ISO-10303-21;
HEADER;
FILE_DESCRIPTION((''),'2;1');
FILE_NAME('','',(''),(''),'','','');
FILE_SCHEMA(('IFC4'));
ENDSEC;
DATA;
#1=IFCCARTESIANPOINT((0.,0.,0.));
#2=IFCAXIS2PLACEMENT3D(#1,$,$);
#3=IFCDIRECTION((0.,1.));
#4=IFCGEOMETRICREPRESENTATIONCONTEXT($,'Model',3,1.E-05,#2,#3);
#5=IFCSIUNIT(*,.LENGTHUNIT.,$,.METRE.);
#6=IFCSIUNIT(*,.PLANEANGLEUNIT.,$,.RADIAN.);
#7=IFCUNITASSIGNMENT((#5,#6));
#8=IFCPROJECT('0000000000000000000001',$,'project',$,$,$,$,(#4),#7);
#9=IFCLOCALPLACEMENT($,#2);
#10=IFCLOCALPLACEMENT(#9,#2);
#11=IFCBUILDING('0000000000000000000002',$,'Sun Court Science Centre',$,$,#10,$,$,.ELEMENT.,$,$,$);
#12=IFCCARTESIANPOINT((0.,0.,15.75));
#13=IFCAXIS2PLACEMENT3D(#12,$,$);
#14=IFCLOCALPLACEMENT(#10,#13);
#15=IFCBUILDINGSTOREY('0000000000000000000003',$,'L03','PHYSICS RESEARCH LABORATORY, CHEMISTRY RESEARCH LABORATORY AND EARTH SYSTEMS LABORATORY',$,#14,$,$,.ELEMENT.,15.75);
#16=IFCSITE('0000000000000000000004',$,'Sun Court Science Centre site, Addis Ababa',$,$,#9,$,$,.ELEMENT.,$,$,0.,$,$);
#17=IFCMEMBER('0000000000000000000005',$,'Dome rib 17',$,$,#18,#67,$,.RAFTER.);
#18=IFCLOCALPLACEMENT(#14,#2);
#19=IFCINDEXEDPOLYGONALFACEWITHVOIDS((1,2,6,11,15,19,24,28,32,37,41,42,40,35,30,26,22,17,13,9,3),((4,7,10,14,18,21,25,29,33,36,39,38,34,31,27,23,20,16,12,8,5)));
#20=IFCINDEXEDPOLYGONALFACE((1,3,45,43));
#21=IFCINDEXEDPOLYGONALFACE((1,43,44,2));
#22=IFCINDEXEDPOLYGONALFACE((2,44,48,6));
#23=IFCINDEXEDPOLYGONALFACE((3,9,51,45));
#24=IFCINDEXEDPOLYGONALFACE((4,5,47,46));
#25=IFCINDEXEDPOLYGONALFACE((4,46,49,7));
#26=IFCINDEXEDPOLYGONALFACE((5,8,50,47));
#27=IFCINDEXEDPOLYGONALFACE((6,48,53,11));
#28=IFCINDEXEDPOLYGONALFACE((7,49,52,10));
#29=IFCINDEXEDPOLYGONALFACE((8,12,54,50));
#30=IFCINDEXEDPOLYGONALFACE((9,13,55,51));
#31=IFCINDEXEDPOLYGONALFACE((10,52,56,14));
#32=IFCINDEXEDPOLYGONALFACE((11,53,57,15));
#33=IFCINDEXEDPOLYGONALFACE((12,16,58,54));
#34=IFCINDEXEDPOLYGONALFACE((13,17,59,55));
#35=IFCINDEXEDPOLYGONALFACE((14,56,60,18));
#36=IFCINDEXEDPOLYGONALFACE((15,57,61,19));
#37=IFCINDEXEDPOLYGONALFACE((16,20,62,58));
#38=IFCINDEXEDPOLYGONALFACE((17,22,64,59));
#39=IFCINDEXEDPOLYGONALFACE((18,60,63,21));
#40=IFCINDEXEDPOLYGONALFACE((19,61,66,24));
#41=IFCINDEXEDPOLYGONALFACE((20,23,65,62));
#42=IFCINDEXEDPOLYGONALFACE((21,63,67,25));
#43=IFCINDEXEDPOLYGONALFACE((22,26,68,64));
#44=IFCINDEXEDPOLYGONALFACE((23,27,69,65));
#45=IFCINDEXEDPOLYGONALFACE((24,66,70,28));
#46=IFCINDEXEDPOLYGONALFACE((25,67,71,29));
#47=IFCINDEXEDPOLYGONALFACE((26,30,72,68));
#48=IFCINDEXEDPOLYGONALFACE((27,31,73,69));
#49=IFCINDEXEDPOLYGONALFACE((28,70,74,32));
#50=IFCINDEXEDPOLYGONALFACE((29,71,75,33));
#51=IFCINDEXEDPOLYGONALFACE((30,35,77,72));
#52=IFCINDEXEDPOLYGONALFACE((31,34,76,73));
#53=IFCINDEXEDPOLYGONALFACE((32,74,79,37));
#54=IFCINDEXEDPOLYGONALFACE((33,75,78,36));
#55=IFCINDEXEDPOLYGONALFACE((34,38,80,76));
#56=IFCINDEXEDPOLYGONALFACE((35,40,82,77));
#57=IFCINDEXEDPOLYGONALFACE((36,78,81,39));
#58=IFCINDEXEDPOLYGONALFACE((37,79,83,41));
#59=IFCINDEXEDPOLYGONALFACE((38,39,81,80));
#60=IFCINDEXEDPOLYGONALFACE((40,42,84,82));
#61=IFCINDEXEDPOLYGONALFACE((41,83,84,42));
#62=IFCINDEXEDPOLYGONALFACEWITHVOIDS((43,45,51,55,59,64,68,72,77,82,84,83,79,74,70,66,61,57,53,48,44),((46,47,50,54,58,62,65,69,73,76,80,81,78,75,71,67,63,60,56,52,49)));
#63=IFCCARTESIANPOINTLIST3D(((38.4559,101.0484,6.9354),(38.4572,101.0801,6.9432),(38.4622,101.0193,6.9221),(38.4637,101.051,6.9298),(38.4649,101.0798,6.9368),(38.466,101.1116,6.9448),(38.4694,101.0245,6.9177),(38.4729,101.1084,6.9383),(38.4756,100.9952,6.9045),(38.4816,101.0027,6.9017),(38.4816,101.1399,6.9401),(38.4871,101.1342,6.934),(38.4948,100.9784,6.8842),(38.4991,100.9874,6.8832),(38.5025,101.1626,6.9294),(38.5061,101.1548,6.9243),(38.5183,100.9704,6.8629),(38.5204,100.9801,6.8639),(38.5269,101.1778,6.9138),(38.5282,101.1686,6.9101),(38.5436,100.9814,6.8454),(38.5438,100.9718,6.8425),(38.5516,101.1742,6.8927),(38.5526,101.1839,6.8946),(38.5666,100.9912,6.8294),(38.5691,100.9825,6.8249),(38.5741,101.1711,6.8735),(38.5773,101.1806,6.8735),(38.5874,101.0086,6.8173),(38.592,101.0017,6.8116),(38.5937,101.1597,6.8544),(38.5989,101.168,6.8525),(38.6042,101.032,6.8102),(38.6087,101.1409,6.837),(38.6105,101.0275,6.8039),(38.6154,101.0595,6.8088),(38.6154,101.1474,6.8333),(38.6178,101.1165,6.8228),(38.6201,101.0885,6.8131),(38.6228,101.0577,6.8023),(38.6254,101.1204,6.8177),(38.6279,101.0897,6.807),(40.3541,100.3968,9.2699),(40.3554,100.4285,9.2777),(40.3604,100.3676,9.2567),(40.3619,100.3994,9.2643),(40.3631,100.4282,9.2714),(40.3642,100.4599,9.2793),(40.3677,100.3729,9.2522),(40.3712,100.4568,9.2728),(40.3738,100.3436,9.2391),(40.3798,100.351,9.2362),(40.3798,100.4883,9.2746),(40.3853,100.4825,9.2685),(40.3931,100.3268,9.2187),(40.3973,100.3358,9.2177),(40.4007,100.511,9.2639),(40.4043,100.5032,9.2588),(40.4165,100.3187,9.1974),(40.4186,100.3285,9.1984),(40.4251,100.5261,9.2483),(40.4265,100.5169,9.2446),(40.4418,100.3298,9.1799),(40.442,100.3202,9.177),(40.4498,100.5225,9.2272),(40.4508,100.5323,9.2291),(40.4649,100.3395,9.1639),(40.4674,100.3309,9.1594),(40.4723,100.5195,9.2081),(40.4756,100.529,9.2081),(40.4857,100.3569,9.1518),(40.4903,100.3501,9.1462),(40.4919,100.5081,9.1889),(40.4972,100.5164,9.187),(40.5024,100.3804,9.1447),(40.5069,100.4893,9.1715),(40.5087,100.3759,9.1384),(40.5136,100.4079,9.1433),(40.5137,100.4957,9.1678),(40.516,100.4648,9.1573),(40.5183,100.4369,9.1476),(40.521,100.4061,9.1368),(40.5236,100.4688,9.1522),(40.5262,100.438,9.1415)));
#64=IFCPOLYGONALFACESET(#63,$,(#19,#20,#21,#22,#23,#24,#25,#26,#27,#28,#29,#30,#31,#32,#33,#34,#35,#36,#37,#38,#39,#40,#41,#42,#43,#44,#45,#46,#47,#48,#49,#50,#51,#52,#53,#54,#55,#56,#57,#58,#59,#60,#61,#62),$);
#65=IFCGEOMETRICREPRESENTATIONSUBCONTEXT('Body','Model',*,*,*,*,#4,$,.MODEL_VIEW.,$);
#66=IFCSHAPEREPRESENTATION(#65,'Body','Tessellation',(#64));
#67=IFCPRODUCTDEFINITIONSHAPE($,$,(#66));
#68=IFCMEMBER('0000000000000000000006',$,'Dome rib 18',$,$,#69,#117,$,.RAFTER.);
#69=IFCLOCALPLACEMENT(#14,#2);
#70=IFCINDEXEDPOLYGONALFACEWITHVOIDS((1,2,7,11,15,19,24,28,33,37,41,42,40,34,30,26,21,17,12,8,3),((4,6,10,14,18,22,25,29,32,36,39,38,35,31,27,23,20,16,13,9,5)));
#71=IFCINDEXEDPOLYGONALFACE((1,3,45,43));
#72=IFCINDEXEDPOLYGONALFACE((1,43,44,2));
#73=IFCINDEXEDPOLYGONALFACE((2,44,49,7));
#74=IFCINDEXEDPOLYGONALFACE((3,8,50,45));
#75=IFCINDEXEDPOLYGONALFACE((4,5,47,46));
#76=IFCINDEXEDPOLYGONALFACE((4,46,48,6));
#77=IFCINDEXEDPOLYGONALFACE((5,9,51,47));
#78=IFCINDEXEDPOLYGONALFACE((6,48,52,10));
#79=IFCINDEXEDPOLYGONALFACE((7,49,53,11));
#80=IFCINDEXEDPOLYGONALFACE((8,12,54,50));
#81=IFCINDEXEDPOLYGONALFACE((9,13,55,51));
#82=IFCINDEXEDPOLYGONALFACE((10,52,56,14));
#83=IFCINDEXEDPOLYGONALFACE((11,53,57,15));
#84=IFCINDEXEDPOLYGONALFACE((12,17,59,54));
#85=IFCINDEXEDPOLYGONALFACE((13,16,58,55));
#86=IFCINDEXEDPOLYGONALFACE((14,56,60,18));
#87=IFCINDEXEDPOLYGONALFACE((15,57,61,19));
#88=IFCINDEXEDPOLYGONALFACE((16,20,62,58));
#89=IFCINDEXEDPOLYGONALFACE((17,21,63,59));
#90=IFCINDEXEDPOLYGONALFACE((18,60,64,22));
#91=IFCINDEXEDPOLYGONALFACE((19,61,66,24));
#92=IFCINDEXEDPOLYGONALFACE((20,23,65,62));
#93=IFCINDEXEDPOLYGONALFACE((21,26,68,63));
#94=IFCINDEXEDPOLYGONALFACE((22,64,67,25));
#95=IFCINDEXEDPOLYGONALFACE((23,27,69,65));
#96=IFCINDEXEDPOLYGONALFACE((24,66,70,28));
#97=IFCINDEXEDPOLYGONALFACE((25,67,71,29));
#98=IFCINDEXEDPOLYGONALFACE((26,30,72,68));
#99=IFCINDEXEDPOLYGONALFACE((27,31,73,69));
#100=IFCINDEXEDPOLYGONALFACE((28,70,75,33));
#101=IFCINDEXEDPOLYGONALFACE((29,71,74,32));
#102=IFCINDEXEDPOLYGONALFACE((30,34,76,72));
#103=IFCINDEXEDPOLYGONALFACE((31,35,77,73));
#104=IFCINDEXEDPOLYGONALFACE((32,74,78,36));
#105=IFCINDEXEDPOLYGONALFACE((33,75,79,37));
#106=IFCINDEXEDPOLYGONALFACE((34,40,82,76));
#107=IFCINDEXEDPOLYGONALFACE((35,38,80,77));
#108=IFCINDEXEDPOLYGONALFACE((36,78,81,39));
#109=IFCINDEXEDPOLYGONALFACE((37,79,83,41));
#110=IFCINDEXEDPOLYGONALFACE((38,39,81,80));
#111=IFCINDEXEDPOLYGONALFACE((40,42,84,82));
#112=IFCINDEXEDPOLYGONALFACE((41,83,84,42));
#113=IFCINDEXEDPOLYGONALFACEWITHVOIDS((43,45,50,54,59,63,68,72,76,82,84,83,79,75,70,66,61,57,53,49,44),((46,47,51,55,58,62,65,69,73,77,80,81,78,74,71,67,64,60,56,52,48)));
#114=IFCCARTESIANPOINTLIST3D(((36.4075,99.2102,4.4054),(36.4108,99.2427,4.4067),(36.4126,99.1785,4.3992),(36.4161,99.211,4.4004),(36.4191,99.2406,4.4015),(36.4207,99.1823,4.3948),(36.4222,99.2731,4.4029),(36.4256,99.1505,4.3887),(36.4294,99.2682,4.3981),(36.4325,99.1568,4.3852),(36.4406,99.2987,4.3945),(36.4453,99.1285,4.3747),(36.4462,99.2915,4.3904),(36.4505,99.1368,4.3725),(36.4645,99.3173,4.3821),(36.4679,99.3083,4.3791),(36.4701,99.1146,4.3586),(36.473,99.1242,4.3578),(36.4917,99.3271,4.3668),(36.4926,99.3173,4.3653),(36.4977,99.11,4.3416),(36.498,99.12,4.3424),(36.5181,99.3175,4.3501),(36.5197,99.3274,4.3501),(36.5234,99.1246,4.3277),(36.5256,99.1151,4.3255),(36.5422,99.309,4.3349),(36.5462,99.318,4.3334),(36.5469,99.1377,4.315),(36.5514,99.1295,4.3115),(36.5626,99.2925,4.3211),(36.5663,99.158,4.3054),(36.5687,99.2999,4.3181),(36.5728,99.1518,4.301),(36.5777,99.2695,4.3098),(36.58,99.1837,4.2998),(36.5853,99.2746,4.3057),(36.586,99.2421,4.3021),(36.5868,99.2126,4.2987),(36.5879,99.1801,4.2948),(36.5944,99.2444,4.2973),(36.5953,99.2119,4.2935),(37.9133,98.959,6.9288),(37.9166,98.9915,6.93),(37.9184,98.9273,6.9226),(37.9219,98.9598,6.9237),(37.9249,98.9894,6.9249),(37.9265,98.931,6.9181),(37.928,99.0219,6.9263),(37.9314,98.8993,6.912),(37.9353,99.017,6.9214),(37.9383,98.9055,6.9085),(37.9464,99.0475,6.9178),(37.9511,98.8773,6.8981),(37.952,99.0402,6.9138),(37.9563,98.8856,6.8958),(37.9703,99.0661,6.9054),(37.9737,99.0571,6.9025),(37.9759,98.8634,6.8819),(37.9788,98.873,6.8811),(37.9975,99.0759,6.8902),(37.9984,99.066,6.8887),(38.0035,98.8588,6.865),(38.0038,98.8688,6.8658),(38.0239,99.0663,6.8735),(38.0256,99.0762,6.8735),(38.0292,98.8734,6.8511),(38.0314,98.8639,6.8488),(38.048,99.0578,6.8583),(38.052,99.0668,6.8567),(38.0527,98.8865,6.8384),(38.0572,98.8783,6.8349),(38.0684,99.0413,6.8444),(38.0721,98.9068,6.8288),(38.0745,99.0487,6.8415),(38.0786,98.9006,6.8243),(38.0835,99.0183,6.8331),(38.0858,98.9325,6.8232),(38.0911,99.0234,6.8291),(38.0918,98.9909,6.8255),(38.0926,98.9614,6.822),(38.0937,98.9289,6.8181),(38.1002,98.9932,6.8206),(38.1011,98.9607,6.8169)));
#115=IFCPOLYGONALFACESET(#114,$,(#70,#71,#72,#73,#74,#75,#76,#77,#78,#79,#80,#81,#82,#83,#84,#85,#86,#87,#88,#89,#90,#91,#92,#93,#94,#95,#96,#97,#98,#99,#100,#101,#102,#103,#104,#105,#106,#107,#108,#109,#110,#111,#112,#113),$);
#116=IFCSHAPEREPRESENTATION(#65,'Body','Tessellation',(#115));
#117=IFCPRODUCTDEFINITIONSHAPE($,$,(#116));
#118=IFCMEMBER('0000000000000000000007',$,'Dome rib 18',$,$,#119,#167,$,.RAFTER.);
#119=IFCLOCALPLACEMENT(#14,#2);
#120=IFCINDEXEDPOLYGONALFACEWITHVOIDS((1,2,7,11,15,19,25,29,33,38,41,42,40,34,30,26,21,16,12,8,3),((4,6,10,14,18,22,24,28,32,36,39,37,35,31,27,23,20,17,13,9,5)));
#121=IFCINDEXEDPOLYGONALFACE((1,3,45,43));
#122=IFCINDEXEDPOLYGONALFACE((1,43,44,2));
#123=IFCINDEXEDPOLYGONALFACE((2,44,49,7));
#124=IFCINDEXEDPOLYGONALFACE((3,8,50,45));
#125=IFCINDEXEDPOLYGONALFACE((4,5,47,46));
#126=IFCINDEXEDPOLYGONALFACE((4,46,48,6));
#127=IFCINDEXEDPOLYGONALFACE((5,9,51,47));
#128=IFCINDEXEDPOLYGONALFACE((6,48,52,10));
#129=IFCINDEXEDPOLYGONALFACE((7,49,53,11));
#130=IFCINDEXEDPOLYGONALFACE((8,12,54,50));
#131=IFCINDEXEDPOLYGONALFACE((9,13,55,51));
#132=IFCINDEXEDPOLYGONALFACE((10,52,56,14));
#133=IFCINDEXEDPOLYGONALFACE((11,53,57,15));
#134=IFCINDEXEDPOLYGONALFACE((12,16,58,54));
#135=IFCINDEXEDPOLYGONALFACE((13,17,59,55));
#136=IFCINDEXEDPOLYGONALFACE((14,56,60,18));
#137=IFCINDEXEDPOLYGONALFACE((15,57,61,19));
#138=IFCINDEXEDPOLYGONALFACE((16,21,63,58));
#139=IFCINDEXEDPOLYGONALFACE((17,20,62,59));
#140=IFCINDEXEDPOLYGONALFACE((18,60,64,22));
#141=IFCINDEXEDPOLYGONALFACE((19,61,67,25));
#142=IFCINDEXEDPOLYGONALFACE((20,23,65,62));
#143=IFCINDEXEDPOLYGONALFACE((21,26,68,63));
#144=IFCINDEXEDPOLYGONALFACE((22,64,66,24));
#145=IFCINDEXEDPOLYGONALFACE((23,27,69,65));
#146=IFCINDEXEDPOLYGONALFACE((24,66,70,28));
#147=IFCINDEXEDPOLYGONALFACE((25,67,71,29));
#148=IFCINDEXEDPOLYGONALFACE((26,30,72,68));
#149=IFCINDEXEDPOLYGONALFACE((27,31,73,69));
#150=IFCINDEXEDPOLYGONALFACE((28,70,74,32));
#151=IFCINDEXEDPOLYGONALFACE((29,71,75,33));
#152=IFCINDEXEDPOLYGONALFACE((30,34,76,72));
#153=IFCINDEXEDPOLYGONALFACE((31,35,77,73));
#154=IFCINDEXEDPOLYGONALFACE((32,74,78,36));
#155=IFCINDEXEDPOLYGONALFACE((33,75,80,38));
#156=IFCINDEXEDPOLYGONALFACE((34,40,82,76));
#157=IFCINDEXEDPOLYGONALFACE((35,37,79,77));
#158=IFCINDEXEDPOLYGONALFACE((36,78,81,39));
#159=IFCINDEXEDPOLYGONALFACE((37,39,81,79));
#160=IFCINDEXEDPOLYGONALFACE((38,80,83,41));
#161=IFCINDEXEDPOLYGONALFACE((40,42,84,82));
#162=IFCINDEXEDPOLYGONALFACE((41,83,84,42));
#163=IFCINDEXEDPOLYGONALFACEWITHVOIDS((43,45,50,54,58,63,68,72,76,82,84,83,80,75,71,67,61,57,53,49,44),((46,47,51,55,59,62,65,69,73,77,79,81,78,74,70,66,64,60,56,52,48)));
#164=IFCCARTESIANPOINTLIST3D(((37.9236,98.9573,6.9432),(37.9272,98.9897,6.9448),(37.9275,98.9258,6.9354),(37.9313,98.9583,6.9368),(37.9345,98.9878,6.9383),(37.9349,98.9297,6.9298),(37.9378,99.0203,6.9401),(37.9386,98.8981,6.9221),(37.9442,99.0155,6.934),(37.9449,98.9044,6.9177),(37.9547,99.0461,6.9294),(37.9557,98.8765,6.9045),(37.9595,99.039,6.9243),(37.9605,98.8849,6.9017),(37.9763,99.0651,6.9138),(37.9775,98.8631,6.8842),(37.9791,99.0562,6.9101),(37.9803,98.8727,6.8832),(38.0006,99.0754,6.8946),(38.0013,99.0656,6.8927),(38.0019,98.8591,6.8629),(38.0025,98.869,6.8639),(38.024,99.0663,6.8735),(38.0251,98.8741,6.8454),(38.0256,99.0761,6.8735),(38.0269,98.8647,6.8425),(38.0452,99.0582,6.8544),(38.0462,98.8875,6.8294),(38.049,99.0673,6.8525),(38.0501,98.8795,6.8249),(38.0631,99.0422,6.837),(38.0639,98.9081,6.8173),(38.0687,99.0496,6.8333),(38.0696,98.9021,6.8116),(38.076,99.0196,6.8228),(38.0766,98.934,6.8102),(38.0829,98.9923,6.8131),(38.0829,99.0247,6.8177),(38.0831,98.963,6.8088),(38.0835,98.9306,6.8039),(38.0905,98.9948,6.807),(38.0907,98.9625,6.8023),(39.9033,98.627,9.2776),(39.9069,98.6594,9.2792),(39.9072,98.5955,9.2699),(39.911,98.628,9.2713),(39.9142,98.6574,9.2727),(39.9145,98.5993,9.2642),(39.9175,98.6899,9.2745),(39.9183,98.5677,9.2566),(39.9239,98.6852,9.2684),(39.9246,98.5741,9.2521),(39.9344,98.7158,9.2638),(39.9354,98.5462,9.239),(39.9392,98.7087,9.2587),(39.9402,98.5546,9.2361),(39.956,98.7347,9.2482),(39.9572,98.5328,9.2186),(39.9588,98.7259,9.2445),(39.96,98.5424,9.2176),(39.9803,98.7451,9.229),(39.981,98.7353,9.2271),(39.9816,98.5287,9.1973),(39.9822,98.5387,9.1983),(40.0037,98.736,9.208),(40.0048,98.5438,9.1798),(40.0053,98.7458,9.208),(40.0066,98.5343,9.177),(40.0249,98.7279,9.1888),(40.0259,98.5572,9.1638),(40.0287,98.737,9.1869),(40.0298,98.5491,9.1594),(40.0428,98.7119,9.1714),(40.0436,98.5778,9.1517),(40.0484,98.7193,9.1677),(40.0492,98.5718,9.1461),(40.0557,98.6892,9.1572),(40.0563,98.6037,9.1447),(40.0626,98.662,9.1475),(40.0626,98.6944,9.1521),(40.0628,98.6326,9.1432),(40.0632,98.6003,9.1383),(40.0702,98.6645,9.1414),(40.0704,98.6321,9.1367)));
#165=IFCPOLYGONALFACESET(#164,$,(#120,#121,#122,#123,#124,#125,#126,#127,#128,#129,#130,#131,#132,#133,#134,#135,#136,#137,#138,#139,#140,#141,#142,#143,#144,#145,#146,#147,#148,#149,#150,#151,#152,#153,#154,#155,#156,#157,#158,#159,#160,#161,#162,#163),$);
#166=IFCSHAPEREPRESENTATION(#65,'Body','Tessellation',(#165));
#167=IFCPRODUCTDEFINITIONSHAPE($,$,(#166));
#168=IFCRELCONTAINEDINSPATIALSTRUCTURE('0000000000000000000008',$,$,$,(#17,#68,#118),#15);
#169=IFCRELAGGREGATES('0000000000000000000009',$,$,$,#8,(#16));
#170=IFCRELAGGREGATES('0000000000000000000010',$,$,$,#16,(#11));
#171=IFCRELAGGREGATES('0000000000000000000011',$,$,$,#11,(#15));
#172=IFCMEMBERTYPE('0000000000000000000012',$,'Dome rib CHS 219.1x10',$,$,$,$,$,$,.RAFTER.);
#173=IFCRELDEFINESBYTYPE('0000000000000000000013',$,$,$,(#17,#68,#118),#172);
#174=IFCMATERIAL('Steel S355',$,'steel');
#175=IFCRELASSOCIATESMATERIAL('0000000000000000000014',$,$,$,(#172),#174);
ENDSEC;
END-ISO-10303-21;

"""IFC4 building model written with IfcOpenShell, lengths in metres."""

from ifc_helpers import new_model, si_unit, direction, frame, origin, origin_2d, place, context, subcontext, project, spatial, hollow_circle, extrude, material, material_profile, profile_set, type_object, element, save


model = new_model("IFC4")

# Units and contexts
model_context = context("Model", 3, precision=1e-05, world=origin(), true_north=direction((0.0, 1.0)))
body_context = subcontext(model_context, "Body", "Model", "MODEL_VIEW")
ifc_project = project(units=[si_unit("LENGTHUNIT", "METRE"), si_unit("PLANEANGLEUNIT", "RADIAN")], contexts=[model_context])

# Site, building, storey
site_placement = place(None, origin())
site = spatial("IfcSite", under=ifc_project, at=site_placement, Name="Sun Court Science Centre site, Addis Ababa", CompositionType="ELEMENT", RefElevation=0.0)
building_placement = place(site_placement, origin())
building = spatial("IfcBuilding", under=site, at=building_placement, Name="Sun Court Science Centre", CompositionType="ELEMENT")
storey_placement = place(building_placement, frame((0.0, 0.0, 15.75)))
storey = spatial("IfcBuildingStorey", under=building, at=storey_placement, Name="L03", Description="PHYSICS RESEARCH LABORATORY, CHEMISTRY RESEARCH LABORATORY AND EARTH SYSTEMS LABORATORY", CompositionType="ELEMENT", Elevation=15.75)

# Members
ifc_material_1 = material(Name="Steel S355", Category="steel")
ifc_material_profile_1 = material_profile(ifc_material_1, hollow_circle(Radius=0.1096, WallThickness=0.01, at=origin_2d()), Name="CHS 219.1x10")
ifc_profile_set_1 = profile_set([ifc_material_profile_1], Name="Steel S355")
member_type_1 = type_object("IfcMemberType", Name="Dome rib CHS 219.1x10", PredefinedType="RAFTER", material=ifc_profile_set_1)
member_1_placement = place(storey_placement, frame((38.5417, 101.0769, 6.8735), z_axis=(0.616586, -0.211661, 0.758302), x_axis=(0.324682, 0.945823, 0.0)))
element("IfcMember", 1, at=member_1_placement, inside=storey, type_object=member_type_1, Name="Dome rib 17", PredefinedType="RAFTER", context=body_context, shape_type="SweptSolid", body=[
    extrude(hollow_circle(Radius=0.1096, WallThickness=0.01, at=origin_2d()), origin(), (0.0, 0.0, 1.0), 3.0786),
])
member_2_placement = place(storey_placement, frame((36.5017, 99.2192, 4.3501), z_axis=(0.510579, -0.085179, 0.855601), x_axis=(0.164555, 0.986368, 0.0)))
element("IfcMember", 2, at=member_2_placement, inside=storey, type_object=member_type_1, Name="Dome rib 18", PredefinedType="RAFTER", context=body_context, shape_type="SweptSolid", body=[
    extrude(hollow_circle(Radius=0.1096, WallThickness=0.01, at=origin_2d()), origin(), (0.0, 0.0, 1.0), 2.9492),
])
for number, where, z_axis, x_axis, name in (
    (3, (38.0076, 98.968, 6.8735), (0.643048, -0.107294, 0.758272), (0.164577, 0.986364, 0.0), "Dome rib 18"),
):
    element("IfcMember", number, at=place(storey_placement, frame(where, z_axis=z_axis, x_axis=x_axis)), inside=storey, type_object=member_type_1, Name=name, PredefinedType="RAFTER", context=body_context, shape_type="SweptSolid", body=[
        extrude(hollow_circle(Radius=0.1096, WallThickness=0.01, at=origin_2d()), origin(), (0.0, 0.0, 1.0), 3.0786),
    ])

save(model, "model.ifc")
